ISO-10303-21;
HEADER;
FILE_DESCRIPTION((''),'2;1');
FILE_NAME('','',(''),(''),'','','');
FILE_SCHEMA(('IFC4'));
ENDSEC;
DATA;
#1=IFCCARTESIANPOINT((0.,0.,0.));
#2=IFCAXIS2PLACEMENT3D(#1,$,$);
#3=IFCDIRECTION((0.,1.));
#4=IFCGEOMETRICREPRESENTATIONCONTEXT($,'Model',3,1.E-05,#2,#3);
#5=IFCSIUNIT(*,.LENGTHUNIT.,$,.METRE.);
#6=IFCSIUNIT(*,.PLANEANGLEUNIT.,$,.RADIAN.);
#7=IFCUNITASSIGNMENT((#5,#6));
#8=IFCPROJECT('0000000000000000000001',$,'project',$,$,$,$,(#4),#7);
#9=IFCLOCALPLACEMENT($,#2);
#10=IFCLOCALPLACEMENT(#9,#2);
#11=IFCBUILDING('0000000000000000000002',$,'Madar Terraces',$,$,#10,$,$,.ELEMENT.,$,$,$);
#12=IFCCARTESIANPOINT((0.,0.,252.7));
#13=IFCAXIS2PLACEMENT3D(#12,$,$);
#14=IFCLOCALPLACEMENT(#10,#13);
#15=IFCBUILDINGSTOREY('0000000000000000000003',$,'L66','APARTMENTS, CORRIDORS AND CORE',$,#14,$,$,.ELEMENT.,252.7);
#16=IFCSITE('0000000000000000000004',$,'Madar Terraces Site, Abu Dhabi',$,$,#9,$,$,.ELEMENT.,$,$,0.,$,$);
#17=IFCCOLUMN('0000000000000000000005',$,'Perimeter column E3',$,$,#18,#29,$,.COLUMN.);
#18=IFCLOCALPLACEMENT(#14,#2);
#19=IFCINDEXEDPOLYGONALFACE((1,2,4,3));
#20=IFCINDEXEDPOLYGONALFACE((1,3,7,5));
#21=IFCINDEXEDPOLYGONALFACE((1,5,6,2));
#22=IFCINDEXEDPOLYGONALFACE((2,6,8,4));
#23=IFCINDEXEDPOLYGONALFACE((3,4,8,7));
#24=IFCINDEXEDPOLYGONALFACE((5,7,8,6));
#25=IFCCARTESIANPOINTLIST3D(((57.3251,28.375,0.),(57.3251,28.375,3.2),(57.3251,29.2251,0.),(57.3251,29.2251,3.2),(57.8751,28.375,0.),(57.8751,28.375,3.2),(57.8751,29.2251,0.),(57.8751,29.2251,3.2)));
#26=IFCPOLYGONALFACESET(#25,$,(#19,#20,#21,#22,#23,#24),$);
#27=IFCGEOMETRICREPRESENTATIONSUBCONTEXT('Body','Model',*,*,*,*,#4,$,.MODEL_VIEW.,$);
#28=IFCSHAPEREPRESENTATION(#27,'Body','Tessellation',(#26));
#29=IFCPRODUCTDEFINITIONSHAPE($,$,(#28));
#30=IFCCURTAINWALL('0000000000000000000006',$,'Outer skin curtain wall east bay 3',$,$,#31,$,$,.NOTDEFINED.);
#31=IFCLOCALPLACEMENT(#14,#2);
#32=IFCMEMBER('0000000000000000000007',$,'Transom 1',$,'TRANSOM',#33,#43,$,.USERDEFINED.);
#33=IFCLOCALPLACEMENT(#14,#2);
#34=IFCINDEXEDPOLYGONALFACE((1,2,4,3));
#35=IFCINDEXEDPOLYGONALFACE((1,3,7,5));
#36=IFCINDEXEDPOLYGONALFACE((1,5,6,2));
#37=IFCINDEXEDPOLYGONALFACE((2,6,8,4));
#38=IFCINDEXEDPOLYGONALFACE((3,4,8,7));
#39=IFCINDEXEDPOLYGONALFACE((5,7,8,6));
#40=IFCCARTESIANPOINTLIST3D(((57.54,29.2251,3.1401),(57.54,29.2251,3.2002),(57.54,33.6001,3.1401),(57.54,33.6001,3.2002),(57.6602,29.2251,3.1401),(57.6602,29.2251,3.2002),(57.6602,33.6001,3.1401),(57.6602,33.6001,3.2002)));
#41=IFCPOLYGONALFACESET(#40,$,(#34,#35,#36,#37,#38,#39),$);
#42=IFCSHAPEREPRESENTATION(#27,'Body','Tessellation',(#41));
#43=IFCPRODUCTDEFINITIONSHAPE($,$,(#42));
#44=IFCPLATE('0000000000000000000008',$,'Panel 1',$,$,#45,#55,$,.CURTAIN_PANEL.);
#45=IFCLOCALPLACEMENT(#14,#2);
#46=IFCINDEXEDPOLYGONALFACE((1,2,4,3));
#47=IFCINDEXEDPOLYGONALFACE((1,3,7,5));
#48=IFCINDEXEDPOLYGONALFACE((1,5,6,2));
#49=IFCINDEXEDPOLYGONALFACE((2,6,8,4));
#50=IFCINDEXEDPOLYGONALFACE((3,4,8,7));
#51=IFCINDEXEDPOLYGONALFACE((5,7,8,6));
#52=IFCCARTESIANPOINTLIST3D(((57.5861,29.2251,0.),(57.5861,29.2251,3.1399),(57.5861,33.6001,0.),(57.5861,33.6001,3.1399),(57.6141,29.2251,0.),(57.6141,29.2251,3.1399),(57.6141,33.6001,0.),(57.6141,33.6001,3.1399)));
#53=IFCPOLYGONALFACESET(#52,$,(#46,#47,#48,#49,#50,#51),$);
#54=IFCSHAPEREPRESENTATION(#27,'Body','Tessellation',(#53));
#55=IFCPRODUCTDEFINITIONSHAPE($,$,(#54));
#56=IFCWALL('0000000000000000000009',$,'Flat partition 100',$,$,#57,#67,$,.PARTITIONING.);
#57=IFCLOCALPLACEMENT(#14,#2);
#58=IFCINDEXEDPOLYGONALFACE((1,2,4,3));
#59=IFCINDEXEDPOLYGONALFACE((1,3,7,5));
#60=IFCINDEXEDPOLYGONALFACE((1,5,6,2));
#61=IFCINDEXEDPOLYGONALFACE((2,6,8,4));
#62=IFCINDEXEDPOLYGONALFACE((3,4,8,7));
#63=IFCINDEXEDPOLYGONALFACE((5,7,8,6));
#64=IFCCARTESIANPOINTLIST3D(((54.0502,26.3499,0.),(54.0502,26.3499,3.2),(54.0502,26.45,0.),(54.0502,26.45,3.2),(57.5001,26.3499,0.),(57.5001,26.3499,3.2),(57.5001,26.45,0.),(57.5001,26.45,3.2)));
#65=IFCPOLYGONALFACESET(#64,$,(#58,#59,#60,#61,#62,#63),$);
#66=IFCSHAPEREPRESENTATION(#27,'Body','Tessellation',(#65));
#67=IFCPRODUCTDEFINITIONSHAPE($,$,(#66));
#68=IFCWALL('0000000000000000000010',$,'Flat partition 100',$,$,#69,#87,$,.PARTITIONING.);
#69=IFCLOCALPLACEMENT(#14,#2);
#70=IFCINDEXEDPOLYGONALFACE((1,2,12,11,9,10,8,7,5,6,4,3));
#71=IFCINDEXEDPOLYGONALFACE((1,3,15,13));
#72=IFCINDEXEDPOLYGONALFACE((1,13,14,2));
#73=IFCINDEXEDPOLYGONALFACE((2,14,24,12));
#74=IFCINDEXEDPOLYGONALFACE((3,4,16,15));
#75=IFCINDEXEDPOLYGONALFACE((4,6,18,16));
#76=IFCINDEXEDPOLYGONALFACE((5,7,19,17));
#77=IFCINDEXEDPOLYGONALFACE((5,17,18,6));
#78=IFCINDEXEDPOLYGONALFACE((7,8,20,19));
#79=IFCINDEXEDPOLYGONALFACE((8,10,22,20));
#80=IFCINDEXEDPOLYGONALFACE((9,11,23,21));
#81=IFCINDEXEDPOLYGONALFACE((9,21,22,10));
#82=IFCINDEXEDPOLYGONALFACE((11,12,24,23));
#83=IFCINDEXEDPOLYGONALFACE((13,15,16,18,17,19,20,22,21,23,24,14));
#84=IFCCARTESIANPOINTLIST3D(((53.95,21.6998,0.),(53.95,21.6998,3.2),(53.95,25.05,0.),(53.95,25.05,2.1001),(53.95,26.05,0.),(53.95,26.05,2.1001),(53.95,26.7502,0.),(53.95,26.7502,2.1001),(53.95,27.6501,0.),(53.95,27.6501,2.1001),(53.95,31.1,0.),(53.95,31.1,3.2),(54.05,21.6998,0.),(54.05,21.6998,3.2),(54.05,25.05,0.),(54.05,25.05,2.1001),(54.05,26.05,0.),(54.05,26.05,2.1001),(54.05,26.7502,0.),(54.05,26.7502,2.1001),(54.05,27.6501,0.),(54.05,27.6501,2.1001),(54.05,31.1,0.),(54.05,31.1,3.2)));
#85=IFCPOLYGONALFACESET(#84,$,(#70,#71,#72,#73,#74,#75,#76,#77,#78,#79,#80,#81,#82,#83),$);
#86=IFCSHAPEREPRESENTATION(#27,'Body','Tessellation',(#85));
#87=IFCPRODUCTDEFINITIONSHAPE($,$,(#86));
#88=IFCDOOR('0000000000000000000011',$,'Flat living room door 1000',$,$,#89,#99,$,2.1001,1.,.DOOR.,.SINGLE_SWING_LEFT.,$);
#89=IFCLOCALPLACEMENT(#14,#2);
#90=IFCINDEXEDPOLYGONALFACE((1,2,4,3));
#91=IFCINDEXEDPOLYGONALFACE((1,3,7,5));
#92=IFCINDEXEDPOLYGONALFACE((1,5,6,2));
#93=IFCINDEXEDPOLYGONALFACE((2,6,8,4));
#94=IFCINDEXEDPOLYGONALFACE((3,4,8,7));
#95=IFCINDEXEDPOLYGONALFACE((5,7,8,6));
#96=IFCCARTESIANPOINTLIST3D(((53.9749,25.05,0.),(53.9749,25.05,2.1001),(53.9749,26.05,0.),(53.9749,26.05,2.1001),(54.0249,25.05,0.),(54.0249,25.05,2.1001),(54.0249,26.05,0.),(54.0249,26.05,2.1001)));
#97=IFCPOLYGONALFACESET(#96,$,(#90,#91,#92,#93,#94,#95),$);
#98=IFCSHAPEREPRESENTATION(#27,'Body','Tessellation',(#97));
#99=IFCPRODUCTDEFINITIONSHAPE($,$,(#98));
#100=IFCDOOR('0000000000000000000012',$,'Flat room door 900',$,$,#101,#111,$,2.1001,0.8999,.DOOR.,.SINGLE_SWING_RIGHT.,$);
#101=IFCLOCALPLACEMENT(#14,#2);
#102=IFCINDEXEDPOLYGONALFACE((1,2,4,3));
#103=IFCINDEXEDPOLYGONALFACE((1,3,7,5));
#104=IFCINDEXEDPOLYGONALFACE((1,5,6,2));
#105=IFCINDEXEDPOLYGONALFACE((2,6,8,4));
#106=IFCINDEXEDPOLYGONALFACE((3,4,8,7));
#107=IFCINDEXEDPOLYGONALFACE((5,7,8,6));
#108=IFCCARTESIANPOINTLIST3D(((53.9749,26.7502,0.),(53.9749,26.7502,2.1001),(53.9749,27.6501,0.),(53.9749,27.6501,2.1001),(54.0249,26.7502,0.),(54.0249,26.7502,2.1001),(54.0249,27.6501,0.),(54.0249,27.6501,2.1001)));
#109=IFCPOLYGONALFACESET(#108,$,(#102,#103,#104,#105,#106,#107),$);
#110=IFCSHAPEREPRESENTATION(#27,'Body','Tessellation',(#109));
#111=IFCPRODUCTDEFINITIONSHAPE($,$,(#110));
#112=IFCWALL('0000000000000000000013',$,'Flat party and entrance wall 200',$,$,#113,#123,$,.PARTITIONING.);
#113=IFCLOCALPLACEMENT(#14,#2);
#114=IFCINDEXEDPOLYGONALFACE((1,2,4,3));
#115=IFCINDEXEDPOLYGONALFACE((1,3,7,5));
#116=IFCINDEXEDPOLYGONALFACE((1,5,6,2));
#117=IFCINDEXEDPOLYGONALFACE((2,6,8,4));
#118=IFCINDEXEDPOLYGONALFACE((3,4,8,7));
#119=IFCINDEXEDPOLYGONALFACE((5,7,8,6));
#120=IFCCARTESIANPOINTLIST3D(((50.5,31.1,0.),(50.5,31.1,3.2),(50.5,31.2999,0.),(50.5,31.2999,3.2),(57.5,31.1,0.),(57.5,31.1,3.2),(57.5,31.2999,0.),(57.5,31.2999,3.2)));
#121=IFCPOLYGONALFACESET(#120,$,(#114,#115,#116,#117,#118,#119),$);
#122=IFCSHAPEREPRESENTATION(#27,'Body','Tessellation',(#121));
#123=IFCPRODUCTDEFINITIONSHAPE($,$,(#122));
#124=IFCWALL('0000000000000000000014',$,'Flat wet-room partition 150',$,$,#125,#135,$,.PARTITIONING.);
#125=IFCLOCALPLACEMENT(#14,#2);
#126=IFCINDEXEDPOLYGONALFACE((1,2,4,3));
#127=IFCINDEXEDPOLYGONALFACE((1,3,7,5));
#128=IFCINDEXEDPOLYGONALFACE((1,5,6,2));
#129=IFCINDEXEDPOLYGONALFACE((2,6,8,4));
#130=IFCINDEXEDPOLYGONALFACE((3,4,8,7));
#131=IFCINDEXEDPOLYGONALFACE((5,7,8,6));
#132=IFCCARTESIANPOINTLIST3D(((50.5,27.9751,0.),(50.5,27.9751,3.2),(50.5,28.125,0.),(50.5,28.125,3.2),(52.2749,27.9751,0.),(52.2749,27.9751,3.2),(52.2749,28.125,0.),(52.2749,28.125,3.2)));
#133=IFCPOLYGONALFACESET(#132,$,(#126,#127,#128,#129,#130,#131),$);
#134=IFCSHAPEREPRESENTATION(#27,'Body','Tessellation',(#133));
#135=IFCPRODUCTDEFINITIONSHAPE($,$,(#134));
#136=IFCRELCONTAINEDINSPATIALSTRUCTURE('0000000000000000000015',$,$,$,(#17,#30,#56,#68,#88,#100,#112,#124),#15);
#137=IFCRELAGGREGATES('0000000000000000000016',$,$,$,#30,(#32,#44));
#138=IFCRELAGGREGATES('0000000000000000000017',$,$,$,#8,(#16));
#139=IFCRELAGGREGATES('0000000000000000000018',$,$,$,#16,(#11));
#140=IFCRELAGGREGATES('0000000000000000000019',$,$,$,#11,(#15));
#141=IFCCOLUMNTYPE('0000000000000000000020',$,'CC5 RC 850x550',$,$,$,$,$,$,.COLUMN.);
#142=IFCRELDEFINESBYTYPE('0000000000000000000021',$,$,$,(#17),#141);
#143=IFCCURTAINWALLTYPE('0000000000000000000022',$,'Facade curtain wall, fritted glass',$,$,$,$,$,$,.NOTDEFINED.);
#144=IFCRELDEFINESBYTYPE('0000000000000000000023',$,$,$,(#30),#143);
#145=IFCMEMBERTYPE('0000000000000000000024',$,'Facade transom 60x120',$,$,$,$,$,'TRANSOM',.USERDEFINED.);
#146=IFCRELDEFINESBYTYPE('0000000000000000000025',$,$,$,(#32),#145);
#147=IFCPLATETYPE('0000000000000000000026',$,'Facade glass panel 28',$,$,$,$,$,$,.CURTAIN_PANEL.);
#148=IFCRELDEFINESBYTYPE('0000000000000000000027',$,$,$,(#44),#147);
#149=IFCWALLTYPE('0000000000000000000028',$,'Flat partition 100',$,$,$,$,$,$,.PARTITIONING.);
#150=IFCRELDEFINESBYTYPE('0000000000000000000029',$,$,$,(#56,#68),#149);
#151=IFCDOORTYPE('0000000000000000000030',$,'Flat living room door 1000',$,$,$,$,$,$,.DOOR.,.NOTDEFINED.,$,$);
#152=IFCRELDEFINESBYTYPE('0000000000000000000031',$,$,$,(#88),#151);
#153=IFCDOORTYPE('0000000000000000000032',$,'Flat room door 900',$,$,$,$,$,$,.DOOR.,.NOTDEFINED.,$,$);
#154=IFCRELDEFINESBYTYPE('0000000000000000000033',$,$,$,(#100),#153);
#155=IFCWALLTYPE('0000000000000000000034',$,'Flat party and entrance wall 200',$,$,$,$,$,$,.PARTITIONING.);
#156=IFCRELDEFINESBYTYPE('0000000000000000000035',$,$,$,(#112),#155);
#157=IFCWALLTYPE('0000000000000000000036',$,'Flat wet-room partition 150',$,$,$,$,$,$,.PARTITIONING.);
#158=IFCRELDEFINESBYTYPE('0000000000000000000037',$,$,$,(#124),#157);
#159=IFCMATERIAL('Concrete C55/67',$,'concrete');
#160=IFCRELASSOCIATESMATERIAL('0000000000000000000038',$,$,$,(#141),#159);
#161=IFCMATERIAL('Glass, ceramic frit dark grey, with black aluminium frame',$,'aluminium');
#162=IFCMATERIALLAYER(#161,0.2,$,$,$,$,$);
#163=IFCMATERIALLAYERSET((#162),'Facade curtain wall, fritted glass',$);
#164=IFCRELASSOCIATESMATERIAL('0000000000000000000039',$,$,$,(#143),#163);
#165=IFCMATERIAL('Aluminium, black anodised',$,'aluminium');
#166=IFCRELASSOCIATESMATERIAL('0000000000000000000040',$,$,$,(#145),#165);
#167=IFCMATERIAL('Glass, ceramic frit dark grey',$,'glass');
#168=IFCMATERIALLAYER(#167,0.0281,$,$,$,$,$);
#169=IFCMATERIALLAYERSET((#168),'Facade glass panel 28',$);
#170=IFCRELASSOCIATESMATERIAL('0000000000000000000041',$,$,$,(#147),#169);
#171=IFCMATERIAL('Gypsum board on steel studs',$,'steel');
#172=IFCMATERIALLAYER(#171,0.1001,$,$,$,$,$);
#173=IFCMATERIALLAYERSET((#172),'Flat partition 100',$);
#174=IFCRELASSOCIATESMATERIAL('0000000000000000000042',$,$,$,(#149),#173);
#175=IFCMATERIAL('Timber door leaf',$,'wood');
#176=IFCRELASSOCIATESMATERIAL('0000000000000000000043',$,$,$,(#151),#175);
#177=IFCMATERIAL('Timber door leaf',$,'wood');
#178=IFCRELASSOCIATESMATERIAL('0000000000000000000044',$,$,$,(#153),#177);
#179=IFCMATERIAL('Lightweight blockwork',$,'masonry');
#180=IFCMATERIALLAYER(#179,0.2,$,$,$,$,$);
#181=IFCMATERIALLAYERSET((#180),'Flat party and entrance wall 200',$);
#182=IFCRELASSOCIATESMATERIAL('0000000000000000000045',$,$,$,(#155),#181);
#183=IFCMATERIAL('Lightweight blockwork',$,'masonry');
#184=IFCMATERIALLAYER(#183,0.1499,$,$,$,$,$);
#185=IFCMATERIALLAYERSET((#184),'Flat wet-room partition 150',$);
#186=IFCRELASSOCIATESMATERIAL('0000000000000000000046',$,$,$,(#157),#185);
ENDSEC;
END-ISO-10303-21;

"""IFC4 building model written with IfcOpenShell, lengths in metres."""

from ifc_helpers import new_model, si_unit, direction, frame, frame_2d, origin, origin_2d, place, context, subcontext, project, spatial, rectangle, extrude, material, layer, layer_set, material_profile, profile_set, type_object, element, fill, aggregate, save


model = new_model("IFC4")

# Units and contexts
model_context = context("Model", 3, precision=1e-05, world=origin(), true_north=direction((0.0, 1.0)))
body_context = subcontext(model_context, "Body", "Model", "MODEL_VIEW")
ifc_project = project(units=[si_unit("LENGTHUNIT", "METRE"), si_unit("PLANEANGLEUNIT", "RADIAN")], contexts=[model_context])

# Site, building, storey
site_placement = place(None, origin())
site = spatial("IfcSite", under=ifc_project, at=site_placement, Name="Madar Terraces Site, Abu Dhabi", CompositionType="ELEMENT", RefElevation=0.0)
building_placement = place(site_placement, origin())
building = spatial("IfcBuilding", under=site, at=building_placement, Name="Madar Terraces", CompositionType="ELEMENT")
storey_placement = place(building_placement, frame((0.0, 0.0, 252.7)))
storey = spatial("IfcBuildingStorey", under=building, at=storey_placement, Name="L66", Description="APARTMENTS, CORRIDORS AND CORE", CompositionType="ELEMENT", Elevation=252.7)

# Column
ifc_material_1 = material(Name="Concrete C55/67", Category="concrete")
ifc_material_profile_1 = material_profile(ifc_material_1, rectangle(XDim=0.8501, YDim=0.55, at=origin_2d()), Name="CC5 RC 850x550")
ifc_profile_set_1 = profile_set([ifc_material_profile_1], Name="Concrete C55/67")
column_type = type_object("IfcColumnType", Name="CC5 RC 850x550", PredefinedType="COLUMN", material=ifc_profile_set_1)
column_placement = place(storey_placement, frame((57.6001, 28.8, 0.0), z_axis=(0.0, 0.0, 1.0), x_axis=(0.0, 1.0, 0.0)))
element("IfcColumn", 1, at=column_placement, inside=storey, type_object=column_type, Name="Perimeter column E3", PredefinedType="COLUMN", context=body_context, shape_type="SweptSolid", body=[
    extrude(rectangle(XDim=0.8501, YDim=0.55, at=origin_2d()), origin(), (0.0, 0.0, 1.0), 3.2),
])

# Curtain wall, member, plate
ifc_material_2 = material(Name="Glass, ceramic frit dark grey, with black aluminium frame", Category="aluminium")
ifc_layer_1 = layer(ifc_material_2, 0.2)
ifc_layer_set_1 = layer_set([ifc_layer_1], Name="Facade curtain wall, fritted glass")
curtain_wall_type = type_object("IfcCurtainWallType", Name="Facade curtain wall, fritted glass", PredefinedType="NOTDEFINED", material=ifc_layer_set_1)
curtain_wall_placement = place(storey_placement, origin())
curtain_wall = element("IfcCurtainWall", 2, at=curtain_wall_placement, inside=storey, type_object=curtain_wall_type, Name="Outer skin curtain wall east bay 3", PredefinedType="NOTDEFINED")
ifc_material_3 = material(Name="Aluminium, black anodised", Category="aluminium")
ifc_material_profile_2 = material_profile(ifc_material_3, rectangle(XDim=0.1201, YDim=0.0601, at=origin_2d()), Name="Facade transom 60x120")
ifc_profile_set_2 = profile_set([ifc_material_profile_2], Name="Aluminium, black anodised")
member_type = type_object("IfcMemberType", Name="Facade transom 60x120", ElementType="TRANSOM", PredefinedType="USERDEFINED", material=ifc_profile_set_2)
member_placement = place(storey_placement, frame((57.6001, 29.2251, 3.1702), z_axis=(0.0, 1.0, 0.0), x_axis=(-1.0, 0.0, 0.0)))
member = element("IfcMember", 3, at=member_placement, type_object=member_type, Name="Transom 1", ObjectType="TRANSOM", PredefinedType="USERDEFINED", context=body_context, shape_type="SweptSolid", body=[
    extrude(rectangle(XDim=0.1201, YDim=0.0601, at=origin_2d()), origin(), (0.0, 0.0, 1.0), 4.375),
])
ifc_material_4 = material(Name="Glass, ceramic frit dark grey", Category="glass")
ifc_layer_2 = layer(ifc_material_4, 0.0281)
ifc_layer_set_2 = layer_set([ifc_layer_2], Name="Facade glass panel 28")
plate_type = type_object("IfcPlateType", Name="Facade glass panel 28", PredefinedType="CURTAIN_PANEL", material=ifc_layer_set_2)
plate_placement = place(storey_placement, frame((57.6001, 31.4126, 0.0), z_axis=(0.0, 0.0, 1.0), x_axis=(0.0, 1.0, 0.0)))
plate = element("IfcPlate", 4, at=plate_placement, type_object=plate_type, Name="Panel 1", PredefinedType="CURTAIN_PANEL", context=body_context, shape_type="SweptSolid", body=[
    extrude(rectangle(XDim=4.375, YDim=0.0281, at=origin_2d()), origin(), (0.0, 0.0, 1.0), 3.1399),
])
aggregate(curtain_wall, [member, plate])

# Wall
ifc_material_5 = material(Name="Gypsum board on steel studs", Category="steel")
ifc_layer_3 = layer(ifc_material_5, 0.1001)
ifc_layer_set_3 = layer_set([ifc_layer_3], Name="Flat partition 100")
wall_type_1 = type_object("IfcWallType", Name="Flat partition 100", PredefinedType="PARTITIONING", material=ifc_layer_set_3)
wall_1_placement = place(storey_placement, frame((54.05, 26.3999, 0.0), z_axis=(0.0, 0.0, 1.0), x_axis=(1.0, 0.0, 0.0)))
element("IfcWall", 5, at=wall_1_placement, inside=storey, type_object=wall_type_1, Name="Flat partition 100", PredefinedType="PARTITIONING", context=body_context, shape_type="SweptSolid", body=[
    extrude(rectangle(XDim=3.45, YDim=0.1001, at=frame_2d((1.7251, 0.0))), origin(), (0.0, 0.0, 1.0), 3.2),
])

# Wall, openings, doors
wall_2_placement = place(storey_placement, frame((54.0, 31.1001, 0.0), z_axis=(0.0, 0.0, 1.0), x_axis=(0.0, -1.0, 0.0)))
wall_2 = element("IfcWall", 6, at=wall_2_placement, inside=storey, type_object=wall_type_1, Name="Flat partition 100", PredefinedType="PARTITIONING", context=body_context, shape_type="SweptSolid", body=[
    extrude(rectangle(XDim=9.4001, YDim=0.1001, at=frame_2d((4.7002, 0.0))), origin(), (0.0, 0.0, 1.0), 3.2),
])
opening_1_placement = place(wall_2_placement, frame((5.05, 0.0, 0.0)))
opening_1 = element("IfcOpeningElement", 7, at=opening_1_placement, cuts=wall_2, PredefinedType="OPENING", context=body_context, shape_type="SweptSolid", body=[
    extrude(rectangle(XDim=1.0, YDim=2.1001, at=frame_2d((0.5, 1.05))), frame((0.0, 0.0601, 0.0), z_axis=(0.0, -1.0, 0.0), x_axis=(1.0, 0.0, 0.0)), (0.0, 0.0, 1.0), 0.1201),
])
opening_2_placement = place(wall_2_placement, frame((3.45, 0.0, 0.0)))
opening_2 = element("IfcOpeningElement", 8, at=opening_2_placement, cuts=wall_2, PredefinedType="OPENING", context=body_context, shape_type="SweptSolid", body=[
    extrude(rectangle(XDim=0.8999, YDim=2.1001, at=frame_2d((0.45, 1.05))), frame((0.0, 0.0601, 0.0), z_axis=(0.0, -1.0, 0.0), x_axis=(1.0, 0.0, 0.0)), (0.0, 0.0, 1.0), 0.1201),
])
ifc_material_6 = material(Name="Timber door leaf", Category="wood")
door_type_1 = type_object("IfcDoorType", Name="Flat living room door 1000", OperationType="NOTDEFINED", PredefinedType="DOOR", material=ifc_material_6)
door_1_placement = place(opening_1_placement, origin())
door_1 = element("IfcDoor", 9, at=door_1_placement, inside=storey, type_object=door_type_1, Name="Flat living room door 1000", OperationType="SINGLE_SWING_LEFT", OverallHeight=2.1001, OverallWidth=1.0, PredefinedType="DOOR", context=body_context, shape_type="SweptSolid", body=[
    extrude(rectangle(XDim=1.0, YDim=2.1001, at=frame_2d((0.5, 1.05))), frame((0.0, 0.0249, 0.0), z_axis=(0.0, -1.0, 0.0), x_axis=(1.0, 0.0, 0.0)), (0.0, 0.0, 1.0), 0.05),
])
fill(opening_1, door_1)
ifc_material_7 = material(Name="Timber door leaf", Category="wood")
door_type_2 = type_object("IfcDoorType", Name="Flat room door 900", OperationType="NOTDEFINED", PredefinedType="DOOR", material=ifc_material_7)
door_2_placement = place(opening_2_placement, origin())
door_2 = element("IfcDoor", 10, at=door_2_placement, inside=storey, type_object=door_type_2, Name="Flat room door 900", OperationType="SINGLE_SWING_RIGHT", OverallHeight=2.1001, OverallWidth=0.8999, PredefinedType="DOOR", context=body_context, shape_type="SweptSolid", body=[
    extrude(rectangle(XDim=0.8999, YDim=2.1001, at=frame_2d((0.45, 1.05))), frame((0.0, 0.0249, 0.0), z_axis=(0.0, -1.0, 0.0), x_axis=(1.0, 0.0, 0.0)), (0.0, 0.0, 1.0), 0.05),
])
fill(opening_2, door_2)

# Walls
ifc_material_8 = material(Name="Lightweight blockwork", Category="masonry")
ifc_layer_4 = layer(ifc_material_8, 0.2)
ifc_layer_set_4 = layer_set([ifc_layer_4], Name="Flat party and entrance wall 200")
wall_type_2 = type_object("IfcWallType", Name="Flat party and entrance wall 200", PredefinedType="PARTITIONING", material=ifc_layer_set_4)
wall_3_placement = place(storey_placement, frame((50.5, 31.2, 0.0), z_axis=(0.0, 0.0, 1.0), x_axis=(1.0, 0.0, 0.0)))
element("IfcWall", 11, at=wall_3_placement, inside=storey, type_object=wall_type_2, Name="Flat party and entrance wall 200", PredefinedType="PARTITIONING", context=body_context, shape_type="SweptSolid", body=[
    extrude(rectangle(XDim=7.0, YDim=0.2, at=frame_2d((3.5, 0.0))), origin(), (0.0, 0.0, 1.0), 3.2),
])
ifc_material_9 = material(Name="Lightweight blockwork", Category="masonry")
ifc_layer_5 = layer(ifc_material_9, 0.1499)
ifc_layer_set_5 = layer_set([ifc_layer_5], Name="Flat wet-room partition 150")
wall_type_3 = type_object("IfcWallType", Name="Flat wet-room partition 150", PredefinedType="PARTITIONING", material=ifc_layer_set_5)
wall_4_placement = place(storey_placement, frame((50.5, 28.05, 0.0), z_axis=(0.0, 0.0, 1.0), x_axis=(1.0, 0.0, 0.0)))
element("IfcWall", 12, at=wall_4_placement, inside=storey, type_object=wall_type_3, Name="Flat wet-room partition 150", PredefinedType="PARTITIONING", context=body_context, shape_type="SweptSolid", body=[
    extrude(rectangle(XDim=1.7749, YDim=0.1499, at=frame_2d((0.8875, 0.0))), origin(), (0.0, 0.0, 1.0), 3.2),
])

save(model, "model.ifc")
